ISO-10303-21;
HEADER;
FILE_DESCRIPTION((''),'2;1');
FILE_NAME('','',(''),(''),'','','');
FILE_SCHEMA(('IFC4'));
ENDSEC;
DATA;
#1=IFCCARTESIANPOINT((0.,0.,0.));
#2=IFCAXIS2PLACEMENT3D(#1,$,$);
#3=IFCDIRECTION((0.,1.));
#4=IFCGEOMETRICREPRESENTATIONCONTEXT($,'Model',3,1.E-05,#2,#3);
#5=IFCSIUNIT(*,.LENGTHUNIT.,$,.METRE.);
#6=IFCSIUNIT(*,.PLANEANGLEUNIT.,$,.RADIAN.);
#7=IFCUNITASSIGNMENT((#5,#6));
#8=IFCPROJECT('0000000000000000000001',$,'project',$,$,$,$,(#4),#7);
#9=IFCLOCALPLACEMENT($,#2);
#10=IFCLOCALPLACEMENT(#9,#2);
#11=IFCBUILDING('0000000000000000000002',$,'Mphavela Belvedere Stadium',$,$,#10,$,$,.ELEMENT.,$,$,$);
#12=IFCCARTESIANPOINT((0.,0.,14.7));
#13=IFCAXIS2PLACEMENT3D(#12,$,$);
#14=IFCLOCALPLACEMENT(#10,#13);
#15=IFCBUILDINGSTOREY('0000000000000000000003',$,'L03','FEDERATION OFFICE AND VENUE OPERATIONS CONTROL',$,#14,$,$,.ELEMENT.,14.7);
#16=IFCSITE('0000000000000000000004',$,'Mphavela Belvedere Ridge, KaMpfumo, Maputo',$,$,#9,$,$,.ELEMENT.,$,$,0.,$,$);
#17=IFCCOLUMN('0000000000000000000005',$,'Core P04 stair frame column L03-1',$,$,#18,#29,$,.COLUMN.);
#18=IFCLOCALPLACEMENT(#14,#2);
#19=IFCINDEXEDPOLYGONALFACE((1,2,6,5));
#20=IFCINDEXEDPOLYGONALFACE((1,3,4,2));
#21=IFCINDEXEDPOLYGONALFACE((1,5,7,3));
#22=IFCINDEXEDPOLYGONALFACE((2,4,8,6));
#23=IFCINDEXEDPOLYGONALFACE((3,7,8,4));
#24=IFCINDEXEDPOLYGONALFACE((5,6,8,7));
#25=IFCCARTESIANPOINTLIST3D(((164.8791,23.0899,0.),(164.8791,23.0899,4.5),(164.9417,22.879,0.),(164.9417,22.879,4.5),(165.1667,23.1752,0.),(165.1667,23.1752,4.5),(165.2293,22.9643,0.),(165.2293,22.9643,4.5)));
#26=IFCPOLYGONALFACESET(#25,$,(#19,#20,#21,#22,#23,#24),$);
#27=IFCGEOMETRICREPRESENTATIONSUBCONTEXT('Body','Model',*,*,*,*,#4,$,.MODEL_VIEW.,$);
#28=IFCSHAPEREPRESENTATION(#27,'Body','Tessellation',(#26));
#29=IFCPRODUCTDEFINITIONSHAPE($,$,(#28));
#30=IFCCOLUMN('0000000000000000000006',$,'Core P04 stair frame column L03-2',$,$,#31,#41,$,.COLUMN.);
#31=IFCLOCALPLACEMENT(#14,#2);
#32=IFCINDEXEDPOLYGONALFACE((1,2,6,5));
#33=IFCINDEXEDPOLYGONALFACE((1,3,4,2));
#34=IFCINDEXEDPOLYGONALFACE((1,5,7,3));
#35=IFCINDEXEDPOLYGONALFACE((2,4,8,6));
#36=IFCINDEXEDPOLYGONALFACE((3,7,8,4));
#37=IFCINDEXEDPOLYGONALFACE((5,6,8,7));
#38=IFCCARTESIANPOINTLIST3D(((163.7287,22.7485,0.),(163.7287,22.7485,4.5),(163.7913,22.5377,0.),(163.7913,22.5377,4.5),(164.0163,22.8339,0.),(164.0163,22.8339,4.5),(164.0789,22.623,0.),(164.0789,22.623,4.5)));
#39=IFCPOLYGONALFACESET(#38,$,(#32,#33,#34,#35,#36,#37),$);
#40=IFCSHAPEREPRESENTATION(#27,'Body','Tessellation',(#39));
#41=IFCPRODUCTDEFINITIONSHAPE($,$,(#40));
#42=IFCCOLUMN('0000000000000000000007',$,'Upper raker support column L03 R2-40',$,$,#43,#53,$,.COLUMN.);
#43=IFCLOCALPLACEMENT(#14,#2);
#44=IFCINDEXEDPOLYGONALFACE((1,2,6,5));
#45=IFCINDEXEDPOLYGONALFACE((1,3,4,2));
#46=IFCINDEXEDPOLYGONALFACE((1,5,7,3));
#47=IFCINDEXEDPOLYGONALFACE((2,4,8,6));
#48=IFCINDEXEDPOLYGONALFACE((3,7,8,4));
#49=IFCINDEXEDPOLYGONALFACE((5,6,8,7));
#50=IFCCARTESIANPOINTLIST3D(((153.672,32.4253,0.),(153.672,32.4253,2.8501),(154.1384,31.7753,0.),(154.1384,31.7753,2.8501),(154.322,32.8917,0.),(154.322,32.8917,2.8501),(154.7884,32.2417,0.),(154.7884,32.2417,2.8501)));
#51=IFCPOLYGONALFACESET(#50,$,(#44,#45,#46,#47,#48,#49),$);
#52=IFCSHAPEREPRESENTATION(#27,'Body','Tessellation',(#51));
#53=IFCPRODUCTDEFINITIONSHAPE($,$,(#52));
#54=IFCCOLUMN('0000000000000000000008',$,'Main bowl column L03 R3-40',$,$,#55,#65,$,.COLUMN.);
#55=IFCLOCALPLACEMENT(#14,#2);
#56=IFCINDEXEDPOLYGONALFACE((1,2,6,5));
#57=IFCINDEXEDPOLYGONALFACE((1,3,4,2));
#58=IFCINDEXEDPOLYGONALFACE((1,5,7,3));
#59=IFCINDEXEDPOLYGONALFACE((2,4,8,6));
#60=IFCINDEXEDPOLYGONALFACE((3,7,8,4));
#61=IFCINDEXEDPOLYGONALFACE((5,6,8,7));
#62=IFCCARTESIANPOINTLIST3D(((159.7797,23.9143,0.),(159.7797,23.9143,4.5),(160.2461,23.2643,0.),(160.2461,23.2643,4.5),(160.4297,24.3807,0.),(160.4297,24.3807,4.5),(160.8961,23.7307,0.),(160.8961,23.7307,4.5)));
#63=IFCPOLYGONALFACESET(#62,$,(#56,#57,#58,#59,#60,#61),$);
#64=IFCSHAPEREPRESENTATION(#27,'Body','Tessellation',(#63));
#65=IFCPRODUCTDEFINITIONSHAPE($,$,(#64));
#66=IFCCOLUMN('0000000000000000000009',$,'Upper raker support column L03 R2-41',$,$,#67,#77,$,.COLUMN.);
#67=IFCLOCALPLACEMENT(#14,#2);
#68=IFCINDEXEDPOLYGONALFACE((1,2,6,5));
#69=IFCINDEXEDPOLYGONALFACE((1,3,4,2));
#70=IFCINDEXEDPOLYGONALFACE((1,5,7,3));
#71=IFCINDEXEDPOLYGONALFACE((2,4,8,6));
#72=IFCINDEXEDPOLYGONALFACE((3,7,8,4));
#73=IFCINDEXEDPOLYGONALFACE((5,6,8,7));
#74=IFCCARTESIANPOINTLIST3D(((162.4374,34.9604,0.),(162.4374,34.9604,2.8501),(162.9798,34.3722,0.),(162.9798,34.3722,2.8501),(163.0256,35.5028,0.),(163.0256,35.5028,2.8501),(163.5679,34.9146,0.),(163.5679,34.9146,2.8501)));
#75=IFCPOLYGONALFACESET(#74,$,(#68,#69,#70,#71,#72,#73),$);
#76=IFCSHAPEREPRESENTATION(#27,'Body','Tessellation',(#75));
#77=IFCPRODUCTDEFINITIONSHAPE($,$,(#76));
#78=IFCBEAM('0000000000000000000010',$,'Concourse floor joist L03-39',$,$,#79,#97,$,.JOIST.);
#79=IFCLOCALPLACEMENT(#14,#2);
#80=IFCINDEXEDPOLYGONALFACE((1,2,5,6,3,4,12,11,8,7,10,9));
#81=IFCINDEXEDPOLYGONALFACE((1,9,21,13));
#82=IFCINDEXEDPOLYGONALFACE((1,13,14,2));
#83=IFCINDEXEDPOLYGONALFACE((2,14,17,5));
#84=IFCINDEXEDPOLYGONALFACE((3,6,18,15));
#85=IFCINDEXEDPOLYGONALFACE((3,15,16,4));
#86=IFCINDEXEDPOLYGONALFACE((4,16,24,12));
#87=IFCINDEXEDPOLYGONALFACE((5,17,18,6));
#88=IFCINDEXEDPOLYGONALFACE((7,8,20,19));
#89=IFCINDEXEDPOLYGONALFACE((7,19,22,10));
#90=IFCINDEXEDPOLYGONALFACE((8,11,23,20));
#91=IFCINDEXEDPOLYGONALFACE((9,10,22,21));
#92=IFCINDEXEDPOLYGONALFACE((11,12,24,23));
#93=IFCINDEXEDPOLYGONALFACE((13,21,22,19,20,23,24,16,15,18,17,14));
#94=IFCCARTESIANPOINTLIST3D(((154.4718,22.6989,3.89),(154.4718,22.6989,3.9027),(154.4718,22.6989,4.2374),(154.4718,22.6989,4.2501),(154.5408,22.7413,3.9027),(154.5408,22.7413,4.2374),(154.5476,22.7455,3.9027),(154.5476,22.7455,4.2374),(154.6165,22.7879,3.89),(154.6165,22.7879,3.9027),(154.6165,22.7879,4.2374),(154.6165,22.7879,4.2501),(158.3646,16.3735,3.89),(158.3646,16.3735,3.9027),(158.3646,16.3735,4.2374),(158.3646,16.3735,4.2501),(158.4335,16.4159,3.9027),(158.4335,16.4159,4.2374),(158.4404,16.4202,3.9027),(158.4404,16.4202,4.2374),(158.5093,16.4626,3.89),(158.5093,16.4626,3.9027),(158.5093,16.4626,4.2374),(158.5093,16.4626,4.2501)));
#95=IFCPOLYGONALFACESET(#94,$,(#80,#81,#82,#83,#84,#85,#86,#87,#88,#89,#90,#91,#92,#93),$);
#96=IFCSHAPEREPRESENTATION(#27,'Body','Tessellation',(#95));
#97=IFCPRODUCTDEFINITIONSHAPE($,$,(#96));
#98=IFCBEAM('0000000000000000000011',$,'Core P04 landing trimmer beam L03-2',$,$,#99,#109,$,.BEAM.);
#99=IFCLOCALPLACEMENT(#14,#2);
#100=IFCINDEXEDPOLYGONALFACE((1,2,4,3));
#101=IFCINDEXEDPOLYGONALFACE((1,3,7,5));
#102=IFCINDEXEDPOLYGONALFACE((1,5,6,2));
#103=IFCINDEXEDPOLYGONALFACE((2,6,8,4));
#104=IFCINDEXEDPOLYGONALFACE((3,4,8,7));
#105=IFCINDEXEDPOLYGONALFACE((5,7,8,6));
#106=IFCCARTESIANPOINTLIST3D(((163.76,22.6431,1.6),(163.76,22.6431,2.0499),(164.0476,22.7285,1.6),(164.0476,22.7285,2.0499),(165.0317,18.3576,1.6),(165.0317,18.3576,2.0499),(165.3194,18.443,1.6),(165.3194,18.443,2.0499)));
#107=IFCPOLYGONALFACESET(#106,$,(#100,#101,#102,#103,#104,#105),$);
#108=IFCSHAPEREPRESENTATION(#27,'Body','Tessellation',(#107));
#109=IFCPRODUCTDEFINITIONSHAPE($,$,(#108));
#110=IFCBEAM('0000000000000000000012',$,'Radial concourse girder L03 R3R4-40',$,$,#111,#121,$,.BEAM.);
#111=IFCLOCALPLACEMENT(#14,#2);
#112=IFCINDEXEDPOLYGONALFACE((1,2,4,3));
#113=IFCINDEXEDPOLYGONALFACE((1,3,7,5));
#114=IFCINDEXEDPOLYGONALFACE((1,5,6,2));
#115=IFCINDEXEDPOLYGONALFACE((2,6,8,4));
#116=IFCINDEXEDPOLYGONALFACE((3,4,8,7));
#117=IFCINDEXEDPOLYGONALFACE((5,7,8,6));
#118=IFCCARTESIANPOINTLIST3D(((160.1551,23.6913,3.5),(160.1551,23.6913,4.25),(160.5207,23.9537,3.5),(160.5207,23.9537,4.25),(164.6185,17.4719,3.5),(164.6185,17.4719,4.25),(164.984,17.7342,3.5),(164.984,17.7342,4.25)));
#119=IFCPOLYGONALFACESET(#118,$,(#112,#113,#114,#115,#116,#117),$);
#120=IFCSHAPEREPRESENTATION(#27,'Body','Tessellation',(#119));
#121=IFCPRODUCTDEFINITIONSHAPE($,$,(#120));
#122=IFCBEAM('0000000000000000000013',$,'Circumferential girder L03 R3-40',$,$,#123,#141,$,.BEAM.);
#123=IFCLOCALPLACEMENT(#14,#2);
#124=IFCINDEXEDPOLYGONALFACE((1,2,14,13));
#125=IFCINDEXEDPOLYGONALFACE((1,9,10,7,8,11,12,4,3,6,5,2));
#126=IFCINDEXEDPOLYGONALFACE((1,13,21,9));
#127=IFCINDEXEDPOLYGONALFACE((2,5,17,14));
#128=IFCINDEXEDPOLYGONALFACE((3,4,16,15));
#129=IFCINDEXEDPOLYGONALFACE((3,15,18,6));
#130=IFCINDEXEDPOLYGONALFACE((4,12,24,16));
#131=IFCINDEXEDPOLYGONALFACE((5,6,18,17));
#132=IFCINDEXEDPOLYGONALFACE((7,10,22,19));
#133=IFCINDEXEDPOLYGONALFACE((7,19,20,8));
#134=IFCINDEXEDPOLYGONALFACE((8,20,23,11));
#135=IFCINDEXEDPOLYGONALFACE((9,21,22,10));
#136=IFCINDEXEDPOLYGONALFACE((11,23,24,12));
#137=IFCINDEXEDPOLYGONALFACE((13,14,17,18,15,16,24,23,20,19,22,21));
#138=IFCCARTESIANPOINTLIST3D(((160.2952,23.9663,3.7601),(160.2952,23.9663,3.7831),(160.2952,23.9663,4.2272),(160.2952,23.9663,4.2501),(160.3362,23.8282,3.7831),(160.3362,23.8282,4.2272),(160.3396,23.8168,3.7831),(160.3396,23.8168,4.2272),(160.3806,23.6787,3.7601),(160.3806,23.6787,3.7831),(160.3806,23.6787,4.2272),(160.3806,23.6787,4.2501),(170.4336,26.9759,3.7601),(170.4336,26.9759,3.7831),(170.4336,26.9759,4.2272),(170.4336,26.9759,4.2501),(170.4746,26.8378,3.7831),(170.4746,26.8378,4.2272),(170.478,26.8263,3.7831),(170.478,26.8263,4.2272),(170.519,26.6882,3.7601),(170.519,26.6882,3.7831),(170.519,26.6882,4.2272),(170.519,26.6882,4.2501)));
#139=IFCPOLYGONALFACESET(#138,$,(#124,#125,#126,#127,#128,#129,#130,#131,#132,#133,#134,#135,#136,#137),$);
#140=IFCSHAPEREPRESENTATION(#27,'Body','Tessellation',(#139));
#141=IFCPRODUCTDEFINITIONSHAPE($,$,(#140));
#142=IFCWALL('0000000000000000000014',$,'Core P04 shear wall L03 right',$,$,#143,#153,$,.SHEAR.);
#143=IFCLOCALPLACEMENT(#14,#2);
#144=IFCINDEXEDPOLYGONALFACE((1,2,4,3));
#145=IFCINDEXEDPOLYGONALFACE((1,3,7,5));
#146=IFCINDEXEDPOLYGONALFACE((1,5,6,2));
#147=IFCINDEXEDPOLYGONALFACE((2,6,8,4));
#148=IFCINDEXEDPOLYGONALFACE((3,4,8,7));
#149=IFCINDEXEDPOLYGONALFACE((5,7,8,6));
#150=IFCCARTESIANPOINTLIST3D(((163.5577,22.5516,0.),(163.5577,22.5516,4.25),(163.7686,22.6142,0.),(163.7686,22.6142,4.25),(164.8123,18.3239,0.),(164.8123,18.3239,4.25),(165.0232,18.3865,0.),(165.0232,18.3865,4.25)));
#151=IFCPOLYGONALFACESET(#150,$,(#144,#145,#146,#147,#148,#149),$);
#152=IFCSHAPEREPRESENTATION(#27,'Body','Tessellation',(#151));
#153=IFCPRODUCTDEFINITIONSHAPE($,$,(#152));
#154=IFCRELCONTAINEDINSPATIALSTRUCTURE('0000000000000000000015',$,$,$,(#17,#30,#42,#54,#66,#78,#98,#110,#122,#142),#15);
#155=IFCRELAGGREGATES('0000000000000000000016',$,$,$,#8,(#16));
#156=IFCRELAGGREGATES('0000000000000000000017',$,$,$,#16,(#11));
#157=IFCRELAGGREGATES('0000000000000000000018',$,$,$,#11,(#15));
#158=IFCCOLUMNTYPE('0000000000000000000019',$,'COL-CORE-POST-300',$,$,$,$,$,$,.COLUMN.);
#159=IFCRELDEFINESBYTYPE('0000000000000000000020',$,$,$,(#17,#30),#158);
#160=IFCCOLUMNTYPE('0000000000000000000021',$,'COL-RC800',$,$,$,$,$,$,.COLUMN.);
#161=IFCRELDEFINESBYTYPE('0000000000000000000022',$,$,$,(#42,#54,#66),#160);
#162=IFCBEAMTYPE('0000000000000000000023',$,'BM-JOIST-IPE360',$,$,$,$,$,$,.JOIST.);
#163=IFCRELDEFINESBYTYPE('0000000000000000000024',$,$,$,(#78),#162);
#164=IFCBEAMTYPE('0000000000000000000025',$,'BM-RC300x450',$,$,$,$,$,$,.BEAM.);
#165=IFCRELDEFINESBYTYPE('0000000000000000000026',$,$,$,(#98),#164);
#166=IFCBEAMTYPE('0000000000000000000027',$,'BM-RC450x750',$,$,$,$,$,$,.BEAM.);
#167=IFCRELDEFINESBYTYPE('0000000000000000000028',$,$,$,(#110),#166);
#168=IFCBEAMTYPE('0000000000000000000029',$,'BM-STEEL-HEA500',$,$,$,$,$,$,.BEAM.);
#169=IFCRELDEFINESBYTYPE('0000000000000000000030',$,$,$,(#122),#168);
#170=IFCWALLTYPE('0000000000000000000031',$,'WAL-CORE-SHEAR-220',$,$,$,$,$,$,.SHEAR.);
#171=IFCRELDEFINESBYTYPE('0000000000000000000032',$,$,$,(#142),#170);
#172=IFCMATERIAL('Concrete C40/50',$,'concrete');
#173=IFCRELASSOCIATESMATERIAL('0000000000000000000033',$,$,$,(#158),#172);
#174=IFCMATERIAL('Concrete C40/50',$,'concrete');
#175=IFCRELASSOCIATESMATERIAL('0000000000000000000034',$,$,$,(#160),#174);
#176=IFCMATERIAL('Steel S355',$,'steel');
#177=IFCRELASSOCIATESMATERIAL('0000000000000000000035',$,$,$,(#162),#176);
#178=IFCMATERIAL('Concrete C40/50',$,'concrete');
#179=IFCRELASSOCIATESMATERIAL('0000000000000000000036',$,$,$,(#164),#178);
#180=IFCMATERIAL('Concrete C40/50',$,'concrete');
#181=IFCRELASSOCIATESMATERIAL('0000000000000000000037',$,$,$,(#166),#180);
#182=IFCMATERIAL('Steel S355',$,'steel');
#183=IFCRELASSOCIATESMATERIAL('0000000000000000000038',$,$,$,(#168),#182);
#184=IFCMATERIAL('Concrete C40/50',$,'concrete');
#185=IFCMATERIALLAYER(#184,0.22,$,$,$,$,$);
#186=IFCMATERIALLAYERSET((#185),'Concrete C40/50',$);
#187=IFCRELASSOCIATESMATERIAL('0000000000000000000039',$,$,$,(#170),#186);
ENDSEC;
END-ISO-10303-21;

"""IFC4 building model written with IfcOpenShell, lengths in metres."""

from ifc_helpers import new_model, si_unit, direction, frame, frame_2d, origin, origin_2d, place, context, subcontext, project, spatial, rectangle, i_section, extrude, material, layer, layer_set, material_profile, profile_set, type_object, element, save


model = new_model("IFC4")

# Units and contexts
model_context = context("Model", 3, precision=1e-05, world=origin(), true_north=direction((0.0, 1.0)))
body_context = subcontext(model_context, "Body", "Model", "MODEL_VIEW")
ifc_project = project(units=[si_unit("LENGTHUNIT", "METRE"), si_unit("PLANEANGLEUNIT", "RADIAN")], contexts=[model_context])

# Site, building, storey
site_placement = place(None, origin())
site = spatial("IfcSite", under=ifc_project, at=site_placement, Name="Mphavela Belvedere Ridge, KaMpfumo, Maputo", CompositionType="ELEMENT", RefElevation=0.0)
building_placement = place(site_placement, origin())
building = spatial("IfcBuilding", under=site, at=building_placement, Name="Mphavela Belvedere Stadium", CompositionType="ELEMENT")
storey_placement = place(building_placement, frame((0.0, 0.0, 14.7)))
storey = spatial("IfcBuildingStorey", under=building, at=storey_placement, Name="L03", Description="FEDERATION OFFICE AND VENUE OPERATIONS CONTROL", CompositionType="ELEMENT", Elevation=14.7)

# Columns
ifc_material_1 = material(Name="Concrete C40/50", Category="concrete")
ifc_material_profile_1 = material_profile(ifc_material_1, rectangle(XDim=0.3, YDim=0.22, at=origin_2d()), Name="RC 300x220")
ifc_profile_set_1 = profile_set([ifc_material_profile_1], Name="Concrete C40/50")
column_type_1 = type_object("IfcColumnType", Name="COL-CORE-POST-300", PredefinedType="COLUMN", material=ifc_profile_set_1)
for number, where, z_axis, x_axis, name in (
    (1, (165.0542, 23.0271, 0.0), (0.0, 0.0, 1.0), (-0.958671, -0.284517, 0.0), "Core P04 stair frame column L03-1"),
    (2, (163.9038, 22.6858, 0.0), (0.0, 0.0, 1.0), (-0.958671, -0.284517, 0.0), "Core P04 stair frame column L03-2"),
):
    element("IfcColumn", number, at=place(storey_placement, frame(where, z_axis=z_axis, x_axis=x_axis)), inside=storey, type_object=column_type_1, Name=name, PredefinedType="COLUMN", context=body_context, shape_type="SweptSolid", body=[
        extrude(rectangle(XDim=0.3, YDim=0.22, at=origin_2d()), origin(), (0.0, 0.0, 1.0), 4.5),
    ])
ifc_material_2 = material(Name="Concrete C40/50", Category="concrete")
ifc_material_profile_2 = material_profile(ifc_material_2, rectangle(XDim=0.8, YDim=0.8, at=origin_2d()), Name="RC 800x800")
ifc_profile_set_2 = profile_set([ifc_material_profile_2], Name="Concrete C40/50")
column_type_2 = type_object("IfcColumnType", Name="COL-RC800", PredefinedType="COLUMN", material=ifc_profile_set_2)
column_1_placement = place(storey_placement, frame((154.2302, 32.3335, 0.0), z_axis=(0.0, 0.0, 1.0), x_axis=(0.582974, -0.812491, 0.0)))
element("IfcColumn", 3, at=column_1_placement, inside=storey, type_object=column_type_2, Name="Upper raker support column L03 R2-40", PredefinedType="COLUMN", context=body_context, shape_type="SweptSolid", body=[
    extrude(rectangle(XDim=0.8, YDim=0.8, at=origin_2d()), origin(), (0.0, 0.0, 1.0), 2.8501),
])
column_2_placement = place(storey_placement, frame((160.3379, 23.8225, 0.0), z_axis=(0.0, 0.0, 1.0), x_axis=(0.582974, -0.812491, 0.0)))
element("IfcColumn", 4, at=column_2_placement, inside=storey, type_object=column_type_2, Name="Main bowl column L03 R3-40", PredefinedType="COLUMN", context=body_context, shape_type="SweptSolid", body=[
    extrude(rectangle(XDim=0.8, YDim=0.8, at=origin_2d()), origin(), (0.0, 0.0, 1.0), 4.5),
])
column_3_placement = place(storey_placement, frame((163.0027, 34.9375, 0.0), z_axis=(0.0, 0.0, 1.0), x_axis=(0.677903, -0.735151, 0.0)))
element("IfcColumn", 5, at=column_3_placement, inside=storey, type_object=column_type_2, Name="Upper raker support column L03 R2-41", PredefinedType="COLUMN", context=body_context, shape_type="SweptSolid", body=[
    extrude(rectangle(XDim=0.8, YDim=0.8, at=origin_2d()), origin(), (0.0, 0.0, 1.0), 2.8501),
])

# Beams
ifc_material_3 = material(Name="Steel S355", Category="steel")
ifc_material_profile_3 = material_profile(ifc_material_3, i_section(OverallWidth=0.1699, OverallDepth=0.3601, WebThickness=0.0081, FlangeThickness=0.0127, at=origin_2d()), Name="IPE 360")
ifc_profile_set_3 = profile_set([ifc_material_profile_3], Name="Steel S355")
beam_type_1 = type_object("IfcBeamType", Name="BM-JOIST-IPE360", PredefinedType="JOIST", material=ifc_profile_set_3)
beam_1_placement = place(storey_placement, frame((154.5442, 22.7434, 4.0701), z_axis=(0.524121, -0.851644, 0.0), x_axis=(0.851644, 0.524121, 0.0)))
element("IfcBeam", 6, at=beam_1_placement, inside=storey, type_object=beam_type_1, Name="Concourse floor joist L03-39", PredefinedType="JOIST", context=body_context, shape_type="SweptSolid", body=[
    extrude(i_section(OverallWidth=0.1699, OverallDepth=0.3601, WebThickness=0.0081, FlangeThickness=0.0127, at=origin_2d()), origin(), (0.0, 0.0, 1.0), 7.4272),
])
ifc_material_4 = material(Name="Concrete C40/50", Category="concrete")
ifc_material_profile_4 = material_profile(ifc_material_4, rectangle(XDim=0.3, YDim=0.45, at=origin_2d()), Name="RC 300x450")
ifc_profile_set_4 = profile_set([ifc_material_profile_4], Name="Concrete C40/50")
beam_type_2 = type_object("IfcBeamType", Name="BM-RC300x450", PredefinedType="BEAM", material=ifc_profile_set_4)
beam_2_placement = place(storey_placement, frame((163.9038, 22.6858, 1.825), z_axis=(0.284496, -0.958677, 0.0), x_axis=(0.958677, 0.284496, 0.0)))
element("IfcBeam", 7, at=beam_2_placement, inside=storey, type_object=beam_type_2, Name="Core P04 landing trimmer beam L03-2", PredefinedType="BEAM", context=body_context, shape_type="SweptSolid", body=[
    extrude(rectangle(XDim=0.3, YDim=0.45, at=origin_2d()), origin(), (0.0, 0.0, 1.0), 4.4702),
])
ifc_material_5 = material(Name="Concrete C40/50", Category="concrete")
ifc_material_profile_5 = material_profile(ifc_material_5, rectangle(XDim=0.45, YDim=0.75, at=origin_2d()), Name="RC 450x750")
ifc_profile_set_5 = profile_set([ifc_material_profile_5], Name="Concrete C40/50")
beam_type_3 = type_object("IfcBeamType", Name="BM-RC450x750", PredefinedType="BEAM", material=ifc_profile_set_5)
beam_3_placement = place(storey_placement, frame((160.3379, 23.8225, 3.875), z_axis=(0.583044, -0.812441, 0.0), x_axis=(0.812441, 0.583044, 0.0)))
element("IfcBeam", 8, at=beam_3_placement, inside=storey, type_object=beam_type_3, Name="Radial concourse girder L03 R3R4-40", PredefinedType="BEAM", context=body_context, shape_type="SweptSolid", body=[
    extrude(rectangle(XDim=0.45, YDim=0.75, at=origin_2d()), origin(), (0.0, 0.0, 1.0), 7.6553),
])
ifc_material_6 = material(Name="Steel S355", Category="steel")
ifc_material_profile_6 = material_profile(ifc_material_6, i_section(OverallWidth=0.3, OverallDepth=0.49, WebThickness=0.012, FlangeThickness=0.0229, at=origin_2d()), Name="HEA 500")
ifc_profile_set_6 = profile_set([ifc_material_profile_6], Name="Steel S355")
beam_type_4 = type_object("IfcBeamType", Name="BM-STEEL-HEA500", PredefinedType="BEAM", material=ifc_profile_set_6)
beam_4_placement = place(storey_placement, frame((160.3379, 23.8225, 4.0051), z_axis=(0.958655, 0.28457, 0.0), x_axis=(-0.28457, 0.958655, 0.0)))
element("IfcBeam", 9, at=beam_4_placement, inside=storey, type_object=beam_type_4, Name="Circumferential girder L03 R3-40", PredefinedType="BEAM", context=body_context, shape_type="SweptSolid", body=[
    extrude(i_section(OverallWidth=0.3, OverallDepth=0.49, WebThickness=0.012, FlangeThickness=0.0229, at=origin_2d()), origin(), (0.0, 0.0, 1.0), 10.5757),
])

# Wall
ifc_material_7 = material(Name="Concrete C40/50", Category="concrete")
ifc_layer_1 = layer(ifc_material_7, 0.22)
ifc_layer_set_1 = layer_set([ifc_layer_1], Name="Concrete C40/50")
wall_type_1 = type_object("IfcWallType", Name="WAL-CORE-SHEAR-220", PredefinedType="SHEAR", material=ifc_layer_set_1)
wall_1_placement = place(storey_placement, frame((163.6631, 22.583, 0.0), z_axis=(0.0, 0.0, 1.0), x_axis=(0.284497, -0.958677, 0.0)))
element("IfcWall", 10, at=wall_1_placement, inside=storey, type_object=wall_type_1, Name="Core P04 shear wall L03 right", PredefinedType="SHEAR", context=body_context, shape_type="SweptSolid", body=[
    extrude(rectangle(XDim=4.4099, YDim=0.22, at=frame_2d((2.2051, 0.0))), origin(), (0.0, 0.0, 1.0), 4.25),
])

save(model, "model.ifc")
